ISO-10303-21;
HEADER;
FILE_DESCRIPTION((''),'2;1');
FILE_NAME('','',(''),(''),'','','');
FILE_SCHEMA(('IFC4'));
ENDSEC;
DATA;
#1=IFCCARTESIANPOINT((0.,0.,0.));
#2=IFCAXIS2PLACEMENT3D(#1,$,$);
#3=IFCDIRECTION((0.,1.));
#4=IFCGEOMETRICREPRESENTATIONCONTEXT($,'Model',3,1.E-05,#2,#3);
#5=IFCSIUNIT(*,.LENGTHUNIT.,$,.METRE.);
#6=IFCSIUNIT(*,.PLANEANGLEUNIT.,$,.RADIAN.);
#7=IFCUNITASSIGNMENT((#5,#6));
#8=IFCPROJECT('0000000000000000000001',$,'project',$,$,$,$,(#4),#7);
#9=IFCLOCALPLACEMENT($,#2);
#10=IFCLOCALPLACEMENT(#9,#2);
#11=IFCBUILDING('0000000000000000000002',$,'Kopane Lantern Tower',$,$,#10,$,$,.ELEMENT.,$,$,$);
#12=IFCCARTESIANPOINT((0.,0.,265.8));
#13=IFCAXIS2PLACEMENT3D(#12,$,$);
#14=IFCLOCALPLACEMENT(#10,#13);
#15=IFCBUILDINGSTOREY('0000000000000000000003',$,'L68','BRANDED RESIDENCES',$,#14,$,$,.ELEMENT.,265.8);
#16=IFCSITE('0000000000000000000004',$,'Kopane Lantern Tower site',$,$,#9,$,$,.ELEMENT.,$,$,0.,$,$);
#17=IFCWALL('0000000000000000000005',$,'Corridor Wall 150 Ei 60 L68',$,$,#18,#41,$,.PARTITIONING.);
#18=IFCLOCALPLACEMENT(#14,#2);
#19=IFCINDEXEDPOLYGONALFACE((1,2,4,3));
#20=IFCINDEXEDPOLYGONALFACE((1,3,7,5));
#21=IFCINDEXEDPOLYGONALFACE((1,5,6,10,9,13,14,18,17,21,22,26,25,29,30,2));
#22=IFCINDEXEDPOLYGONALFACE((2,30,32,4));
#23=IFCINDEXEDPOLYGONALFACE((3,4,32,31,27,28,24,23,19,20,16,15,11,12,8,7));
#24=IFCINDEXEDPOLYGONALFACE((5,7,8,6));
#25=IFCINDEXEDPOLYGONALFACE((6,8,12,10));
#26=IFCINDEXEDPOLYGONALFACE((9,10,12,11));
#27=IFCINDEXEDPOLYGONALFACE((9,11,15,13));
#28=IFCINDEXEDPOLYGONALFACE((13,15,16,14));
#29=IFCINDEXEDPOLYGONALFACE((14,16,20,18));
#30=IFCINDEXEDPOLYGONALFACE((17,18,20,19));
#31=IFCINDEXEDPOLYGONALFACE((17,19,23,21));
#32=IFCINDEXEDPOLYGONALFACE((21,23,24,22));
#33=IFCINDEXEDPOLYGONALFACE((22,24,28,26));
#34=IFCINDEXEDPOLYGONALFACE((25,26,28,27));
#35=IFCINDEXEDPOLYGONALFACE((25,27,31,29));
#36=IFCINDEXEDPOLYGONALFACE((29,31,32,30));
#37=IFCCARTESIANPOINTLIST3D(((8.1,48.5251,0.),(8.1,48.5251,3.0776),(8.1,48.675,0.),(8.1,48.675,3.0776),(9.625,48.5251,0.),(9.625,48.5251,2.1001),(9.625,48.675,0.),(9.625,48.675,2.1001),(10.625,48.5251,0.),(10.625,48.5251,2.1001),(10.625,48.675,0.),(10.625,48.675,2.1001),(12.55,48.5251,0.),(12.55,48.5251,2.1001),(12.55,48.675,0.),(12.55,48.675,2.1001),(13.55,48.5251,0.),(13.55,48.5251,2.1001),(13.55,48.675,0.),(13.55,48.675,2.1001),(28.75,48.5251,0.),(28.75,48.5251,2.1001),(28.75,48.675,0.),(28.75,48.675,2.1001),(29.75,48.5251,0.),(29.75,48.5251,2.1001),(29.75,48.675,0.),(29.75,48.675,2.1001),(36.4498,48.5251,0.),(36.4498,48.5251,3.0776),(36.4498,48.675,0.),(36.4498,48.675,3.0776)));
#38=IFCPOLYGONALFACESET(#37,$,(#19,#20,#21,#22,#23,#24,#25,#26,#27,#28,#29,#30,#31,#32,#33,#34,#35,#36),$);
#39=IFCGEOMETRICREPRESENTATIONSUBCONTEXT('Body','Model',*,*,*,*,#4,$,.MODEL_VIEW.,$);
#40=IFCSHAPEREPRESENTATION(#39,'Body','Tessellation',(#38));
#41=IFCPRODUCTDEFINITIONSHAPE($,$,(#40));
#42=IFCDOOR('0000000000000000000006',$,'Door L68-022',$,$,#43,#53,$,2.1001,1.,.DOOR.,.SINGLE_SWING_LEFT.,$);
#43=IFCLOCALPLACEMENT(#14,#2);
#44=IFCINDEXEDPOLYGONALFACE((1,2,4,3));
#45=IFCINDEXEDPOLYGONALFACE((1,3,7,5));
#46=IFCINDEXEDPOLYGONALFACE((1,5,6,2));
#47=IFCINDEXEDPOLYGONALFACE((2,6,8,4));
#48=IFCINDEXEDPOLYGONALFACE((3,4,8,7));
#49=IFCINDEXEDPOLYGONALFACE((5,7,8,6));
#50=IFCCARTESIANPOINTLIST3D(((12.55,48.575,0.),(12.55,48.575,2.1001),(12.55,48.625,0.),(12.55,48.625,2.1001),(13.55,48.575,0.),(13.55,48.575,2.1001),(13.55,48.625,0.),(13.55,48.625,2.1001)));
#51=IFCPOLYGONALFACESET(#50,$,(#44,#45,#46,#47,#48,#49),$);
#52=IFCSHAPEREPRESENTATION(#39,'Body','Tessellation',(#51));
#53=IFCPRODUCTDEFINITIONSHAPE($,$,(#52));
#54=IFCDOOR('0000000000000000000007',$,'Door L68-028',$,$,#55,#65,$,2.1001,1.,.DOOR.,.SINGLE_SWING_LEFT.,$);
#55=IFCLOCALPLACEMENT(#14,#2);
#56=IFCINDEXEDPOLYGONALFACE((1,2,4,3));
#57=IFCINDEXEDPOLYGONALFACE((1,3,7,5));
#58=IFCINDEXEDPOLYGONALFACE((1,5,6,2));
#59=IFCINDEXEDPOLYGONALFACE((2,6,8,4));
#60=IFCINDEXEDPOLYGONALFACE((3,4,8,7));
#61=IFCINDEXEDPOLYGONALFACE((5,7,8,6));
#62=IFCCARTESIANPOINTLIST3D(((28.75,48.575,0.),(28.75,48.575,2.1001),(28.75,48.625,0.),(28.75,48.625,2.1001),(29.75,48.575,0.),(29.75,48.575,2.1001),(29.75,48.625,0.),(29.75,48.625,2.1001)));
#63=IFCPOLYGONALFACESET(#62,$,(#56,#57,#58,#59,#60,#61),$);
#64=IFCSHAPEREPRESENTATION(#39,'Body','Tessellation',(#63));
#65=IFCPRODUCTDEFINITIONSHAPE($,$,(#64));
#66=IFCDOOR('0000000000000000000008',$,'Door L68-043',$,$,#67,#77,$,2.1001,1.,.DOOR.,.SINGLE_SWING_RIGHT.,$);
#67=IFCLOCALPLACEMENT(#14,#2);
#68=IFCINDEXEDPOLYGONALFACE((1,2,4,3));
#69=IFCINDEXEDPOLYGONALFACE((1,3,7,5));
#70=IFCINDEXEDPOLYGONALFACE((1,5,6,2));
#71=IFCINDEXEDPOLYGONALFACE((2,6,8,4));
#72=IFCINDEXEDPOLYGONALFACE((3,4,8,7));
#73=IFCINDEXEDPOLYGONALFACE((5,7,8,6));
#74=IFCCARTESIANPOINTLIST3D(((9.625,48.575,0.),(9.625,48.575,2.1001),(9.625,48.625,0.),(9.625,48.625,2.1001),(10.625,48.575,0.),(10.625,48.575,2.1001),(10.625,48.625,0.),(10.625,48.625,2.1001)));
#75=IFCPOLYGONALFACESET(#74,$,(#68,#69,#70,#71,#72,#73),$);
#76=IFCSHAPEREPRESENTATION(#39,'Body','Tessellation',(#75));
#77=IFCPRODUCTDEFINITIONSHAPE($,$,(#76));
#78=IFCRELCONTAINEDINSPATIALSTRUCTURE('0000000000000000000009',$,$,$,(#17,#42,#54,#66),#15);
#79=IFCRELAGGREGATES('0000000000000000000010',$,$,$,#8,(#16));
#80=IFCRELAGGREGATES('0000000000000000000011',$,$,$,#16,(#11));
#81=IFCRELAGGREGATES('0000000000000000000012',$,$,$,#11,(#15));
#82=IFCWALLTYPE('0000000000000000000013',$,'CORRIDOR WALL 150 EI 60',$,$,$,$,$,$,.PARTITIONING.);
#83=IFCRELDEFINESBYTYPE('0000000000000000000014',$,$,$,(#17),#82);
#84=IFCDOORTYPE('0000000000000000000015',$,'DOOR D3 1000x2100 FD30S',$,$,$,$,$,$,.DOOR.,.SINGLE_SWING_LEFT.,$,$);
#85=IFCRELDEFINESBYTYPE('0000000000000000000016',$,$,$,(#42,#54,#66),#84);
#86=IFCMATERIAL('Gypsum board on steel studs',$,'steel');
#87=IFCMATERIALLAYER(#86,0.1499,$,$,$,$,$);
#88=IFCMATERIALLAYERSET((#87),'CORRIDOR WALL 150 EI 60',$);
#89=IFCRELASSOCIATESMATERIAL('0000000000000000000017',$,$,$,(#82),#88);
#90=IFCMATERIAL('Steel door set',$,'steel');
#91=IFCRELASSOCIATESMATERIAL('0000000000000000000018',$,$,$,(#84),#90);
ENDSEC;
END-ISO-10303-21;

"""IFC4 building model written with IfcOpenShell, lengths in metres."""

from ifc_helpers import new_model, si_unit, direction, frame, frame_2d, origin, place, context, subcontext, project, spatial, rectangle, extrude, material, layer, layer_set, type_object, element, fill, save


model = new_model("IFC4")

# Units and contexts
model_context = context("Model", 3, precision=1e-05, world=origin(), true_north=direction((0.0, 1.0)))
body_context = subcontext(model_context, "Body", "Model", "MODEL_VIEW")
ifc_project = project(units=[si_unit("LENGTHUNIT", "METRE"), si_unit("PLANEANGLEUNIT", "RADIAN")], contexts=[model_context])

# Site, building, storey
site_placement = place(None, origin())
site = spatial("IfcSite", under=ifc_project, at=site_placement, Name="Kopane Lantern Tower site", CompositionType="ELEMENT", RefElevation=0.0)
building_placement = place(site_placement, origin())
building = spatial("IfcBuilding", under=site, at=building_placement, Name="Kopane Lantern Tower", CompositionType="ELEMENT")
storey_placement = place(building_placement, frame((0.0, 0.0, 265.8)))
storey = spatial("IfcBuildingStorey", under=building, at=storey_placement, Name="L68", Description="BRANDED RESIDENCES", CompositionType="ELEMENT", Elevation=265.8)

# Wall, openings, doors
ifc_material_1 = material(Name="Gypsum board on steel studs", Category="steel")
ifc_layer_1 = layer(ifc_material_1, 0.1499)
ifc_layer_set_1 = layer_set([ifc_layer_1], Name="CORRIDOR WALL 150 EI 60")
wall_type_1 = type_object("IfcWallType", Name="CORRIDOR WALL 150 EI 60", PredefinedType="PARTITIONING", material=ifc_layer_set_1)
wall_1_placement = place(storey_placement, frame((8.1001, 48.6001, 0.0), z_axis=(0.0, 0.0, 1.0), x_axis=(1.0, 0.0, 0.0)))
wall_1 = element("IfcWall", 1, at=wall_1_placement, inside=storey, type_object=wall_type_1, Name="Corridor Wall 150 Ei 60 L68", PredefinedType="PARTITIONING", context=body_context, shape_type="SweptSolid", body=[
    extrude(rectangle(XDim=28.3499, YDim=0.1499, at=frame_2d((14.1748, 0.0))), origin(), (0.0, 0.0, 1.0), 3.0776),
])
opening_1_placement = place(wall_1_placement, frame((4.45, 0.0, 0.0)))
opening_1 = element("IfcOpeningElement", 2, at=opening_1_placement, cuts=wall_1, PredefinedType="OPENING", context=body_context, shape_type="SweptSolid", body=[
    extrude(rectangle(XDim=1.0, YDim=2.1001, at=frame_2d((0.5, 1.05))), frame((0.0, 0.085, 0.0), z_axis=(0.0, -1.0, 0.0), x_axis=(1.0, 0.0, 0.0)), (0.0, 0.0, 1.0), 0.1699),
])
opening_2_placement = place(wall_1_placement, frame((20.6499, 0.0, 0.0)))
opening_2 = element("IfcOpeningElement", 3, at=opening_2_placement, cuts=wall_1, PredefinedType="OPENING", context=body_context, shape_type="SweptSolid", body=[
    extrude(rectangle(XDim=1.0, YDim=2.1001, at=frame_2d((0.5, 1.05))), frame((0.0, 0.085, 0.0), z_axis=(0.0, -1.0, 0.0), x_axis=(1.0, 0.0, 0.0)), (0.0, 0.0, 1.0), 0.1699),
])
opening_3_placement = place(wall_1_placement, frame((1.5249, 0.0, 0.0)))
opening_3 = element("IfcOpeningElement", 4, at=opening_3_placement, cuts=wall_1, PredefinedType="OPENING", context=body_context, shape_type="SweptSolid", body=[
    extrude(rectangle(XDim=1.0, YDim=2.1001, at=frame_2d((0.5, 1.05))), frame((0.0, 0.085, 0.0), z_axis=(0.0, -1.0, 0.0), x_axis=(1.0, 0.0, 0.0)), (0.0, 0.0, 1.0), 0.1699),
])
ifc_material_2 = material(Name="Steel door set", Category="steel")
door_type_1 = type_object("IfcDoorType", Name="DOOR D3 1000x2100 FD30S", OperationType="SINGLE_SWING_LEFT", PredefinedType="DOOR", material=ifc_material_2)
door_1_placement = place(opening_1_placement, origin())
door_1 = element("IfcDoor", 5, at=door_1_placement, inside=storey, type_object=door_type_1, Name="Door L68-022", OperationType="SINGLE_SWING_LEFT", OverallHeight=2.1001, OverallWidth=1.0, PredefinedType="DOOR", context=body_context, shape_type="SweptSolid", body=[
    extrude(rectangle(XDim=1.0, YDim=2.1001, at=frame_2d((0.5, 1.05))), frame((0.0, 0.0249, 0.0), z_axis=(0.0, -1.0, 0.0), x_axis=(1.0, 0.0, 0.0)), (0.0, 0.0, 1.0), 0.05),
])
fill(opening_1, door_1)
door_2_placement = place(opening_2_placement, origin())
door_2 = element("IfcDoor", 6, at=door_2_placement, inside=storey, type_object=door_type_1, Name="Door L68-028", OperationType="SINGLE_SWING_LEFT", OverallHeight=2.1001, OverallWidth=1.0, PredefinedType="DOOR", context=body_context, shape_type="SweptSolid", body=[
    extrude(rectangle(XDim=1.0, YDim=2.1001, at=frame_2d((0.5, 1.05))), frame((0.0, 0.0249, 0.0), z_axis=(0.0, -1.0, 0.0), x_axis=(1.0, 0.0, 0.0)), (0.0, 0.0, 1.0), 0.05),
])
fill(opening_2, door_2)
door_3_placement = place(opening_3_placement, origin())
door_3 = element("IfcDoor", 7, at=door_3_placement, inside=storey, type_object=door_type_1, Name="Door L68-043", OperationType="SINGLE_SWING_RIGHT", OverallHeight=2.1001, OverallWidth=1.0, PredefinedType="DOOR", context=body_context, shape_type="SweptSolid", body=[
    extrude(rectangle(XDim=1.0, YDim=2.1001, at=frame_2d((0.5, 1.05))), frame((0.0, 0.0249, 0.0), z_axis=(0.0, -1.0, 0.0), x_axis=(1.0, 0.0, 0.0)), (0.0, 0.0, 1.0), 0.05),
])
fill(opening_3, door_3)

save(model, "model.ifc")
